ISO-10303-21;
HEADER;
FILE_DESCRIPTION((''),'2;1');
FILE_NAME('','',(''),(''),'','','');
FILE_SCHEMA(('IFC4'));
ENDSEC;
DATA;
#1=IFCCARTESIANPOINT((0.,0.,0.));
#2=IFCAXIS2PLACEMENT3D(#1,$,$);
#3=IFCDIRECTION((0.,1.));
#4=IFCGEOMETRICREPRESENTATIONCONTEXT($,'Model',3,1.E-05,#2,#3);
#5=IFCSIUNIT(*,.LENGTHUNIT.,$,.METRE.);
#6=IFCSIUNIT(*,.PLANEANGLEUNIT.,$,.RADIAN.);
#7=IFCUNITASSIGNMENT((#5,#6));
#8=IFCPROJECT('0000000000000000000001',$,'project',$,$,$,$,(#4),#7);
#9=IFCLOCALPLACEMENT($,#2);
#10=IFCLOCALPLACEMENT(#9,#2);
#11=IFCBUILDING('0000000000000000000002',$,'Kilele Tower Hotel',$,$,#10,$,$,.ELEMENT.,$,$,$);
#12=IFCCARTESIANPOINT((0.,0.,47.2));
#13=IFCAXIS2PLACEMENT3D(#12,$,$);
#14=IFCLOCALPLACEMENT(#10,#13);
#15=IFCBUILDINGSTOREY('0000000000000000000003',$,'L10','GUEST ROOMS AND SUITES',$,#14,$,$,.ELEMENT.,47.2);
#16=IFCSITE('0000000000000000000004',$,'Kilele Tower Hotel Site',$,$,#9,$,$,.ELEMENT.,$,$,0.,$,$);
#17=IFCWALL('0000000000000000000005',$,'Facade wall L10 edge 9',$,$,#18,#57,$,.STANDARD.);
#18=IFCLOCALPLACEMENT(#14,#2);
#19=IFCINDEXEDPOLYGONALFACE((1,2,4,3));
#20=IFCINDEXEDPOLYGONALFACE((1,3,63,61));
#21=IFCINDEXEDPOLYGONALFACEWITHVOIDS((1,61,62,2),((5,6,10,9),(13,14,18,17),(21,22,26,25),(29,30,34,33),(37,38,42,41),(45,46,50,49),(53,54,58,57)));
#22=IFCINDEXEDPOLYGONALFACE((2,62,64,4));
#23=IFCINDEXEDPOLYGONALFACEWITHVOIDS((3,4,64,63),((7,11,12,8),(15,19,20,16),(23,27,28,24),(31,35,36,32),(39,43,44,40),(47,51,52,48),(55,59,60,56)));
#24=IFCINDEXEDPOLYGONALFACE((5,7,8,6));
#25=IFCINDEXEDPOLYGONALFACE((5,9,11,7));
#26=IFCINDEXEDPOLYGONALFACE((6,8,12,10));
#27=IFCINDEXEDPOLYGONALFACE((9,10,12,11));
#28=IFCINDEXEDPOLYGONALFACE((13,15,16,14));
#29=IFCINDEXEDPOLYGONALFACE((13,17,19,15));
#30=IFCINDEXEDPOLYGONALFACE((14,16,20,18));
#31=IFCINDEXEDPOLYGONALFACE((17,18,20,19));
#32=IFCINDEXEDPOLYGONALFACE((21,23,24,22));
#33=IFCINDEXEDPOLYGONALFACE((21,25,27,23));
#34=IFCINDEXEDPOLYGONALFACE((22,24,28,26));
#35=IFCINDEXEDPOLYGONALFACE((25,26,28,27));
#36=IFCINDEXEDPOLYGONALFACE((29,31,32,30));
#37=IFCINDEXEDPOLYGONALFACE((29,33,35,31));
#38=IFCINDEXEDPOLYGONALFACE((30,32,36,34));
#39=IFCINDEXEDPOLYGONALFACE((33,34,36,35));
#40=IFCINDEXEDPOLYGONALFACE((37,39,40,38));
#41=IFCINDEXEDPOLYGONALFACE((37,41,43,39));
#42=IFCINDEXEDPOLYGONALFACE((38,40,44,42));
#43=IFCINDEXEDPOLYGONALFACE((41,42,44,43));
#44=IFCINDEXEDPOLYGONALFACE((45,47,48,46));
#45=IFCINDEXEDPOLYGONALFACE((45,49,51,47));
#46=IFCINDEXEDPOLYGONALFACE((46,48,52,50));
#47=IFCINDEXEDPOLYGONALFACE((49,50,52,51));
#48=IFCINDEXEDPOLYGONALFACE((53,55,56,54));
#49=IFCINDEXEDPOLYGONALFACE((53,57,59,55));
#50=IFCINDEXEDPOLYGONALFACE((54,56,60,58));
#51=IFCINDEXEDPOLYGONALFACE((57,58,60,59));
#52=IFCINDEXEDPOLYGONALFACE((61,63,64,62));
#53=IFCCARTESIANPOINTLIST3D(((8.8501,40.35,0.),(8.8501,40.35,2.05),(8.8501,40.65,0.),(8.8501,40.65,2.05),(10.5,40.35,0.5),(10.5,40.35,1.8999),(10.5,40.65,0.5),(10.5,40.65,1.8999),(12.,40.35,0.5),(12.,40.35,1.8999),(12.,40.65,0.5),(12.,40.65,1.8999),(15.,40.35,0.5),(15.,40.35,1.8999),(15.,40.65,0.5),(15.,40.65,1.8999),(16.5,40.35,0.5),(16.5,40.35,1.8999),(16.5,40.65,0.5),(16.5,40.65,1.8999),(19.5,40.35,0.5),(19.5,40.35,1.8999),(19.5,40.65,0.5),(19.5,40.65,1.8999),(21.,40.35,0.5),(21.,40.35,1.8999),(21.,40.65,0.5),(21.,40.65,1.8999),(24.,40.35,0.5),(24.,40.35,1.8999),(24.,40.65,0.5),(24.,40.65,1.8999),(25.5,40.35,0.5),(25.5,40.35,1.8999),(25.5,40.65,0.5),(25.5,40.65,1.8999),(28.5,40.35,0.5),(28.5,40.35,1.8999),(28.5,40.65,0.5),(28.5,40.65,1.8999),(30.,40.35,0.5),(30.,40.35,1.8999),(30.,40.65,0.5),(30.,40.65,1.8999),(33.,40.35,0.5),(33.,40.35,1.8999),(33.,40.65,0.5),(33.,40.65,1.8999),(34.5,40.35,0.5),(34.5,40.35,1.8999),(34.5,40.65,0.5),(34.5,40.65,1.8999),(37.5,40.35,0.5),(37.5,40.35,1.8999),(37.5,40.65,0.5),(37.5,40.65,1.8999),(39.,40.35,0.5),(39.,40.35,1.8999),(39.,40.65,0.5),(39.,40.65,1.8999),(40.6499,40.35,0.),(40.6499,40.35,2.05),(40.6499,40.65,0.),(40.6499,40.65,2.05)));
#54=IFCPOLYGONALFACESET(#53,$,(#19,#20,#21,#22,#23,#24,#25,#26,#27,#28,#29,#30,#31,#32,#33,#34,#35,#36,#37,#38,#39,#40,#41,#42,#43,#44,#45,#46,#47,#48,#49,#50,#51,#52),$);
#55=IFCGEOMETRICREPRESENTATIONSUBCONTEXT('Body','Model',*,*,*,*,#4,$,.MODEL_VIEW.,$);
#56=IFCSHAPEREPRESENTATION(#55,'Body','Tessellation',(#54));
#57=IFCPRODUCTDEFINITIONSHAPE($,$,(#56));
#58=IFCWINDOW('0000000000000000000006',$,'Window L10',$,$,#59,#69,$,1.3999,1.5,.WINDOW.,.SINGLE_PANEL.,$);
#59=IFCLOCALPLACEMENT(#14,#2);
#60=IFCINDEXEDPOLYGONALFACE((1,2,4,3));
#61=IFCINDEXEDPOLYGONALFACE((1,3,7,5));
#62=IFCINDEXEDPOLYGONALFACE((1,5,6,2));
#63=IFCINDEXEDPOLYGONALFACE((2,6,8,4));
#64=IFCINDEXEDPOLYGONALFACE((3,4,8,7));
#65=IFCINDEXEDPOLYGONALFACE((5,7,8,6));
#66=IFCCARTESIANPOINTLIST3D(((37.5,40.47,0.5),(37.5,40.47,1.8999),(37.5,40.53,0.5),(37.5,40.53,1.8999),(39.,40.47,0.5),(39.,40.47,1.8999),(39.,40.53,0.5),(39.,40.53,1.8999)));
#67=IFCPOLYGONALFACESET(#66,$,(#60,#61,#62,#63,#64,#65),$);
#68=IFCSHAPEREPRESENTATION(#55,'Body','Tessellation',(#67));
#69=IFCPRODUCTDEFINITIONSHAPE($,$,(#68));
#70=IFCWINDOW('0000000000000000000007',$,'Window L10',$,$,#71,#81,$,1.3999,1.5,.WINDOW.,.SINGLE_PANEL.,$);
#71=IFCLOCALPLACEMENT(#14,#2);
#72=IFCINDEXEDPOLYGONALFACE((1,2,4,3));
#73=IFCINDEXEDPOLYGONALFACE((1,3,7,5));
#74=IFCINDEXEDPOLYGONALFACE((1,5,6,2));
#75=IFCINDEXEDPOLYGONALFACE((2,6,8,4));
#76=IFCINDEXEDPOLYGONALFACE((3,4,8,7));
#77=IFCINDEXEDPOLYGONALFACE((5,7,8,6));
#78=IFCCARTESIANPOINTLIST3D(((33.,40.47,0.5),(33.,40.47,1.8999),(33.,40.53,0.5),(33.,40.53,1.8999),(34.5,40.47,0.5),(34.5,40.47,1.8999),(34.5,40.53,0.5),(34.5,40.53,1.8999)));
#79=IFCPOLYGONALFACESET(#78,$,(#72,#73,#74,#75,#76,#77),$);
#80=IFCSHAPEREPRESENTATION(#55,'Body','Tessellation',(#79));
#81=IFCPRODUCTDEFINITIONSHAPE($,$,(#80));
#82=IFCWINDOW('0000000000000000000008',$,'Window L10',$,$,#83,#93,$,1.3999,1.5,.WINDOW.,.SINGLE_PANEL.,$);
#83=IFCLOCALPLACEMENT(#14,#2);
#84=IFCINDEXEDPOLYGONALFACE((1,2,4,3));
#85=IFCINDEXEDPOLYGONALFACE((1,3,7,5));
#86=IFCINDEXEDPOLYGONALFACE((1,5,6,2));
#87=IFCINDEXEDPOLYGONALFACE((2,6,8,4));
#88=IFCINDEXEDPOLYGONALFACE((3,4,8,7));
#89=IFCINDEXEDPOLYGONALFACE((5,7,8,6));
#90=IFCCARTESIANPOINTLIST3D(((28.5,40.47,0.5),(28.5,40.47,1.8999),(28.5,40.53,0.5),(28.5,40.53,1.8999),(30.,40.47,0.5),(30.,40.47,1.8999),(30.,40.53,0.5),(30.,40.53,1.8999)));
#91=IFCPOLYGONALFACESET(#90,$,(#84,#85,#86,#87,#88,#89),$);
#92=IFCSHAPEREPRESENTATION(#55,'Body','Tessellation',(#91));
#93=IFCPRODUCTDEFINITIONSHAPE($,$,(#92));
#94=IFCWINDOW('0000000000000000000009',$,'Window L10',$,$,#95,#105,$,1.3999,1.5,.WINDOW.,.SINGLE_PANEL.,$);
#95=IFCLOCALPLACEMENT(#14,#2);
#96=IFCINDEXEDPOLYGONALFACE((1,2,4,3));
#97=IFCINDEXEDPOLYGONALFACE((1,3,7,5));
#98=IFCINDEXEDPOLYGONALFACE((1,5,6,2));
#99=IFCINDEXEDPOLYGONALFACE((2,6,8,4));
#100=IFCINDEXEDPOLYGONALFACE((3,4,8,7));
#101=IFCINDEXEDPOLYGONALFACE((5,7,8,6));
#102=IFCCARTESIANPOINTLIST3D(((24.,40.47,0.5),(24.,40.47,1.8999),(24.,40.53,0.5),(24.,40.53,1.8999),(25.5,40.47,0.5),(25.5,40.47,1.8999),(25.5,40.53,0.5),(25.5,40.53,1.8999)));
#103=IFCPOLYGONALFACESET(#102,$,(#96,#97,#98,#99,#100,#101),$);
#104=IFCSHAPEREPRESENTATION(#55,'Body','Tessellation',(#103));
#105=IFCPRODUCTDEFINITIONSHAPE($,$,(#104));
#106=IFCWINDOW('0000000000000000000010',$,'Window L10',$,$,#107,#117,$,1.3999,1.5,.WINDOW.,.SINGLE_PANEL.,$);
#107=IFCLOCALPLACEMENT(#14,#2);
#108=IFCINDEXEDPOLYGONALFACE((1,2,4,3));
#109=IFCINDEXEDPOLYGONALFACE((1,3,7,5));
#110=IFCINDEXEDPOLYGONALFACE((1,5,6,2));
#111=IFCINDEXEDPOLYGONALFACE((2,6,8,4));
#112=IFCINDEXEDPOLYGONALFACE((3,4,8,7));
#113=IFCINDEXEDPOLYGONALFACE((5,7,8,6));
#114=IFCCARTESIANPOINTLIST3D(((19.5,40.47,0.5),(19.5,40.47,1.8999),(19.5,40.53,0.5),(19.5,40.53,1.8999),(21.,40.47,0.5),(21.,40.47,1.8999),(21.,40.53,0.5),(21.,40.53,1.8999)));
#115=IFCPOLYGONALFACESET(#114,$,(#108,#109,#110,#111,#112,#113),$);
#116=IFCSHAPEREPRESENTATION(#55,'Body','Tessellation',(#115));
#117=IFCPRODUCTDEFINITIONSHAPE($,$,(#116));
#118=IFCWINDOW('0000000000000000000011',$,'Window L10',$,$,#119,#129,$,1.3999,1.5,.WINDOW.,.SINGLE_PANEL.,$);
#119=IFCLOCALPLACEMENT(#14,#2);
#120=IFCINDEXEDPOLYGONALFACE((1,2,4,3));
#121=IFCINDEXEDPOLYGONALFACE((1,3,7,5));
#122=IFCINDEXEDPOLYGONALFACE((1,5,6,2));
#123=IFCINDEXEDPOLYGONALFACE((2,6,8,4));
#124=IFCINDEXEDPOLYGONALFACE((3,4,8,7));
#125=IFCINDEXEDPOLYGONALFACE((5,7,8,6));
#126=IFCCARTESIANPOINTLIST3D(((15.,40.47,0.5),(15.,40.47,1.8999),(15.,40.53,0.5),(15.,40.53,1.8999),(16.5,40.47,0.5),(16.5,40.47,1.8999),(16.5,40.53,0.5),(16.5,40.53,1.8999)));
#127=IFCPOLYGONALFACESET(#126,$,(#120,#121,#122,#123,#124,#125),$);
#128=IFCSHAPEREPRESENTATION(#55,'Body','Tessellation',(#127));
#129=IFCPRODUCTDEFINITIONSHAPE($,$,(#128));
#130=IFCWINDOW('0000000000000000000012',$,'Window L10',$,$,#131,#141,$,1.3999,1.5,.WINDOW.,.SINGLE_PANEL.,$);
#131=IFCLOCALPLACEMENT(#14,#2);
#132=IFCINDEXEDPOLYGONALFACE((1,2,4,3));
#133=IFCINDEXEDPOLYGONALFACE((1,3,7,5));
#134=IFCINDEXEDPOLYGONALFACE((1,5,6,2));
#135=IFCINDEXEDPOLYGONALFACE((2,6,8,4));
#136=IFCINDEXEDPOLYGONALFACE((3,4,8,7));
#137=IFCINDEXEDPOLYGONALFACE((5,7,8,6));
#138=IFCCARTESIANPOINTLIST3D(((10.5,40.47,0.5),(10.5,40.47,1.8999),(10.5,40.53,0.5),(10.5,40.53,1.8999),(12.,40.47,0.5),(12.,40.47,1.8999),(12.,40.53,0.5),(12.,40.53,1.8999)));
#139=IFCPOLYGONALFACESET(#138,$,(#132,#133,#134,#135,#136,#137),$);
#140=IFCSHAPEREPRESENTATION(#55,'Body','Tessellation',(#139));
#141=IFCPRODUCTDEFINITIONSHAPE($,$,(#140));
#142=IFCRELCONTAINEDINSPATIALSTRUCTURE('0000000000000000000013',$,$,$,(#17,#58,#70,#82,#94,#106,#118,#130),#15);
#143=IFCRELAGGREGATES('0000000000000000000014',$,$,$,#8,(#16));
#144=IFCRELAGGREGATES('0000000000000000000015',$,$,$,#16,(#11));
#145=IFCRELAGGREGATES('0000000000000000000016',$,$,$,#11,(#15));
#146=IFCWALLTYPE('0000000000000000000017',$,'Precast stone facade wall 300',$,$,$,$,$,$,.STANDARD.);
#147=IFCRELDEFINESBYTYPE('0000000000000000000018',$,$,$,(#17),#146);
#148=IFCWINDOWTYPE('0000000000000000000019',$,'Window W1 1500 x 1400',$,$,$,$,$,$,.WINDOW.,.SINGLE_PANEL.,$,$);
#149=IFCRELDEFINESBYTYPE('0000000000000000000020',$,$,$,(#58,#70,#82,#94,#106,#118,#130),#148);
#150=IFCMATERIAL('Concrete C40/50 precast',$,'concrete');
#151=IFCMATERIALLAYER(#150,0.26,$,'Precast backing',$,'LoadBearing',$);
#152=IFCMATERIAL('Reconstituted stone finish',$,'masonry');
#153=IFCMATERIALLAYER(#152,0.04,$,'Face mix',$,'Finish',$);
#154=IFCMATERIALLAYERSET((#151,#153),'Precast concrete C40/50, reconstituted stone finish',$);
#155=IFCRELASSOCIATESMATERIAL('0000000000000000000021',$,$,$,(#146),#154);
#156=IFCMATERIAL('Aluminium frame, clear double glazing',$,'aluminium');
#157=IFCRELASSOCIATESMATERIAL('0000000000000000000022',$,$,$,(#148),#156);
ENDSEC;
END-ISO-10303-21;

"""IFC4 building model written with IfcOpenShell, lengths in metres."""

from ifc_helpers import new_model, si_unit, direction, frame, frame_2d, origin, place, context, subcontext, project, spatial, rectangle, extrude, material, layer, layer_set, type_object, element, fill, save


model = new_model("IFC4")

# Units and contexts
model_context = context("Model", 3, precision=1e-05, world=origin(), true_north=direction((0.0, 1.0)))
body_context = subcontext(model_context, "Body", "Model", "MODEL_VIEW")
ifc_project = project(units=[si_unit("LENGTHUNIT", "METRE"), si_unit("PLANEANGLEUNIT", "RADIAN")], contexts=[model_context])

# Site, building, storey
site_placement = place(None, origin())
site = spatial("IfcSite", under=ifc_project, at=site_placement, Name="Kilele Tower Hotel Site", CompositionType="ELEMENT", RefElevation=0.0)
building_placement = place(site_placement, origin())
building = spatial("IfcBuilding", under=site, at=building_placement, Name="Kilele Tower Hotel", CompositionType="ELEMENT")
storey_placement = place(building_placement, frame((0.0, 0.0, 47.2)))
storey = spatial("IfcBuildingStorey", under=building, at=storey_placement, Name="L10", Description="GUEST ROOMS AND SUITES", CompositionType="ELEMENT", Elevation=47.2)

# Shared definitions
ifc_material_1 = material(Name="Concrete C40/50 precast", Category="concrete")
ifc_layer_1 = layer(ifc_material_1, 0.26, Name="Precast backing", Category="LoadBearing")
ifc_material_2 = material(Name="Reconstituted stone finish", Category="masonry")
ifc_layer_2 = layer(ifc_material_2, 0.04, Name="Face mix", Category="Finish")
ifc_layer_set_1 = layer_set([ifc_layer_1, ifc_layer_2], Name="Precast concrete C40/50, reconstituted stone finish")
wall_type_1 = type_object("IfcWallType", Name="Precast stone facade wall 300", PredefinedType="STANDARD", material=ifc_layer_set_1)
ifc_material_3 = material(Name="Aluminium frame, clear double glazing", Category="aluminium")
window_type_1 = type_object("IfcWindowType", Name="Window W1 1500 x 1400", PartitioningType="SINGLE_PANEL", PredefinedType="WINDOW", material=ifc_material_3)

# Wall, openings, windows
wall_1_placement = place(storey_placement, frame((40.6499, 40.5, 0.0), z_axis=(0.0, 0.0, 1.0), x_axis=(-1.0, 0.0, 0.0)))
wall_1 = element("IfcWall", 1, at=wall_1_placement, inside=storey, type_object=wall_type_1, Name="Facade wall L10 edge 9", PredefinedType="STANDARD", context=body_context, shape_type="SweptSolid", body=[
    extrude(rectangle(XDim=31.7998, YDim=0.3, at=frame_2d((15.8999, 0.0))), origin(), (0.0, 0.0, 1.0), 2.05),
])
opening_1_placement = place(wall_1_placement, frame((1.6499, 0.0, 0.5)))
opening_1 = element("IfcOpeningElement", 2, at=opening_1_placement, cuts=wall_1, PredefinedType="OPENING", context=body_context, shape_type="SweptSolid", body=[
    extrude(rectangle(XDim=1.5, YDim=1.3999, at=frame_2d((0.75, 0.7))), frame((0.0, 0.1599, 0.0), z_axis=(0.0, -1.0, 0.0), x_axis=(1.0, 0.0, 0.0)), (0.0, 0.0, 1.0), 0.3201),
])
opening_2_placement = place(wall_1_placement, frame((6.1499, 0.0, 0.5)))
opening_2 = element("IfcOpeningElement", 3, at=opening_2_placement, cuts=wall_1, PredefinedType="OPENING", context=body_context, shape_type="SweptSolid", body=[
    extrude(rectangle(XDim=1.5, YDim=1.3999, at=frame_2d((0.75, 0.7))), frame((0.0, 0.1599, 0.0), z_axis=(0.0, -1.0, 0.0), x_axis=(1.0, 0.0, 0.0)), (0.0, 0.0, 1.0), 0.3201),
])
opening_3_placement = place(wall_1_placement, frame((10.6499, 0.0, 0.5)))
opening_3 = element("IfcOpeningElement", 4, at=opening_3_placement, cuts=wall_1, PredefinedType="OPENING", context=body_context, shape_type="SweptSolid", body=[
    extrude(rectangle(XDim=1.5, YDim=1.3999, at=frame_2d((0.75, 0.7))), frame((0.0, 0.1599, 0.0), z_axis=(0.0, -1.0, 0.0), x_axis=(1.0, 0.0, 0.0)), (0.0, 0.0, 1.0), 0.3201),
])
opening_4_placement = place(wall_1_placement, frame((15.1499, 0.0, 0.5)))
opening_4 = element("IfcOpeningElement", 5, at=opening_4_placement, cuts=wall_1, PredefinedType="OPENING", context=body_context, shape_type="SweptSolid", body=[
    extrude(rectangle(XDim=1.5, YDim=1.3999, at=frame_2d((0.75, 0.7))), frame((0.0, 0.1599, 0.0), z_axis=(0.0, -1.0, 0.0), x_axis=(1.0, 0.0, 0.0)), (0.0, 0.0, 1.0), 0.3201),
])
opening_5_placement = place(wall_1_placement, frame((19.6499, 0.0, 0.5)))
opening_5 = element("IfcOpeningElement", 6, at=opening_5_placement, cuts=wall_1, PredefinedType="OPENING", context=body_context, shape_type="SweptSolid", body=[
    extrude(rectangle(XDim=1.5, YDim=1.3999, at=frame_2d((0.75, 0.7))), frame((0.0, 0.1599, 0.0), z_axis=(0.0, -1.0, 0.0), x_axis=(1.0, 0.0, 0.0)), (0.0, 0.0, 1.0), 0.3201),
])
opening_6_placement = place(wall_1_placement, frame((24.1499, 0.0, 0.5)))
opening_6 = element("IfcOpeningElement", 7, at=opening_6_placement, cuts=wall_1, PredefinedType="OPENING", context=body_context, shape_type="SweptSolid", body=[
    extrude(rectangle(XDim=1.5, YDim=1.3999, at=frame_2d((0.75, 0.7))), frame((0.0, 0.1599, 0.0), z_axis=(0.0, -1.0, 0.0), x_axis=(1.0, 0.0, 0.0)), (0.0, 0.0, 1.0), 0.3201),
])
opening_7_placement = place(wall_1_placement, frame((28.6499, 0.0, 0.5)))
opening_7 = element("IfcOpeningElement", 8, at=opening_7_placement, cuts=wall_1, PredefinedType="OPENING", context=body_context, shape_type="SweptSolid", body=[
    extrude(rectangle(XDim=1.5, YDim=1.3999, at=frame_2d((0.75, 0.7))), frame((0.0, 0.1599, 0.0), z_axis=(0.0, -1.0, 0.0), x_axis=(1.0, 0.0, 0.0)), (0.0, 0.0, 1.0), 0.3201),
])
window_1_placement = place(opening_1_placement, origin())
window_1 = element("IfcWindow", 9, at=window_1_placement, inside=storey, type_object=window_type_1, Name="Window L10", OverallHeight=1.3999, OverallWidth=1.5, PartitioningType="SINGLE_PANEL", PredefinedType="WINDOW", context=body_context, shape_type="SweptSolid", body=[
    extrude(rectangle(XDim=1.5, YDim=1.3999, at=frame_2d((0.75, 0.7))), frame((0.0, 0.03, 0.0), z_axis=(0.0, -1.0, 0.0), x_axis=(1.0, 0.0, 0.0)), (0.0, 0.0, 1.0), 0.0601),
])
fill(opening_1, window_1)
window_2_placement = place(opening_2_placement, origin())
window_2 = element("IfcWindow", 10, at=window_2_placement, inside=storey, type_object=window_type_1, Name="Window L10", OverallHeight=1.3999, OverallWidth=1.5, PartitioningType="SINGLE_PANEL", PredefinedType="WINDOW", context=body_context, shape_type="SweptSolid", body=[
    extrude(rectangle(XDim=1.5, YDim=1.3999, at=frame_2d((0.75, 0.7))), frame((0.0, 0.03, 0.0), z_axis=(0.0, -1.0, 0.0), x_axis=(1.0, 0.0, 0.0)), (0.0, 0.0, 1.0), 0.0601),
])
fill(opening_2, window_2)
window_3_placement = place(opening_3_placement, origin())
window_3 = element("IfcWindow", 11, at=window_3_placement, inside=storey, type_object=window_type_1, Name="Window L10", OverallHeight=1.3999, OverallWidth=1.5, PartitioningType="SINGLE_PANEL", PredefinedType="WINDOW", context=body_context, shape_type="SweptSolid", body=[
    extrude(rectangle(XDim=1.5, YDim=1.3999, at=frame_2d((0.75, 0.7))), frame((0.0, 0.03, 0.0), z_axis=(0.0, -1.0, 0.0), x_axis=(1.0, 0.0, 0.0)), (0.0, 0.0, 1.0), 0.0601),
])
fill(opening_3, window_3)
window_4_placement = place(opening_4_placement, origin())
window_4 = element("IfcWindow", 12, at=window_4_placement, inside=storey, type_object=window_type_1, Name="Window L10", OverallHeight=1.3999, OverallWidth=1.5, PartitioningType="SINGLE_PANEL", PredefinedType="WINDOW", context=body_context, shape_type="SweptSolid", body=[
    extrude(rectangle(XDim=1.5, YDim=1.3999, at=frame_2d((0.75, 0.7))), frame((0.0, 0.03, 0.0), z_axis=(0.0, -1.0, 0.0), x_axis=(1.0, 0.0, 0.0)), (0.0, 0.0, 1.0), 0.0601),
])
fill(opening_4, window_4)
window_5_placement = place(opening_5_placement, origin())
window_5 = element("IfcWindow", 13, at=window_5_placement, inside=storey, type_object=window_type_1, Name="Window L10", OverallHeight=1.3999, OverallWidth=1.5, PartitioningType="SINGLE_PANEL", PredefinedType="WINDOW", context=body_context, shape_type="SweptSolid", body=[
    extrude(rectangle(XDim=1.5, YDim=1.3999, at=frame_2d((0.75, 0.7))), frame((0.0, 0.03, 0.0), z_axis=(0.0, -1.0, 0.0), x_axis=(1.0, 0.0, 0.0)), (0.0, 0.0, 1.0), 0.0601),
])
fill(opening_5, window_5)
window_6_placement = place(opening_6_placement, origin())
window_6 = element("IfcWindow", 14, at=window_6_placement, inside=storey, type_object=window_type_1, Name="Window L10", OverallHeight=1.3999, OverallWidth=1.5, PartitioningType="SINGLE_PANEL", PredefinedType="WINDOW", context=body_context, shape_type="SweptSolid", body=[
    extrude(rectangle(XDim=1.5, YDim=1.3999, at=frame_2d((0.75, 0.7))), frame((0.0, 0.03, 0.0), z_axis=(0.0, -1.0, 0.0), x_axis=(1.0, 0.0, 0.0)), (0.0, 0.0, 1.0), 0.0601),
])
fill(opening_6, window_6)
window_7_placement = place(opening_7_placement, origin())
window_7 = element("IfcWindow", 15, at=window_7_placement, inside=storey, type_object=window_type_1, Name="Window L10", OverallHeight=1.3999, OverallWidth=1.5, PartitioningType="SINGLE_PANEL", PredefinedType="WINDOW", context=body_context, shape_type="SweptSolid", body=[
    extrude(rectangle(XDim=1.5, YDim=1.3999, at=frame_2d((0.75, 0.7))), frame((0.0, 0.03, 0.0), z_axis=(0.0, -1.0, 0.0), x_axis=(1.0, 0.0, 0.0)), (0.0, 0.0, 1.0), 0.0601),
])
fill(opening_7, window_7)

save(model, "model.ifc")
